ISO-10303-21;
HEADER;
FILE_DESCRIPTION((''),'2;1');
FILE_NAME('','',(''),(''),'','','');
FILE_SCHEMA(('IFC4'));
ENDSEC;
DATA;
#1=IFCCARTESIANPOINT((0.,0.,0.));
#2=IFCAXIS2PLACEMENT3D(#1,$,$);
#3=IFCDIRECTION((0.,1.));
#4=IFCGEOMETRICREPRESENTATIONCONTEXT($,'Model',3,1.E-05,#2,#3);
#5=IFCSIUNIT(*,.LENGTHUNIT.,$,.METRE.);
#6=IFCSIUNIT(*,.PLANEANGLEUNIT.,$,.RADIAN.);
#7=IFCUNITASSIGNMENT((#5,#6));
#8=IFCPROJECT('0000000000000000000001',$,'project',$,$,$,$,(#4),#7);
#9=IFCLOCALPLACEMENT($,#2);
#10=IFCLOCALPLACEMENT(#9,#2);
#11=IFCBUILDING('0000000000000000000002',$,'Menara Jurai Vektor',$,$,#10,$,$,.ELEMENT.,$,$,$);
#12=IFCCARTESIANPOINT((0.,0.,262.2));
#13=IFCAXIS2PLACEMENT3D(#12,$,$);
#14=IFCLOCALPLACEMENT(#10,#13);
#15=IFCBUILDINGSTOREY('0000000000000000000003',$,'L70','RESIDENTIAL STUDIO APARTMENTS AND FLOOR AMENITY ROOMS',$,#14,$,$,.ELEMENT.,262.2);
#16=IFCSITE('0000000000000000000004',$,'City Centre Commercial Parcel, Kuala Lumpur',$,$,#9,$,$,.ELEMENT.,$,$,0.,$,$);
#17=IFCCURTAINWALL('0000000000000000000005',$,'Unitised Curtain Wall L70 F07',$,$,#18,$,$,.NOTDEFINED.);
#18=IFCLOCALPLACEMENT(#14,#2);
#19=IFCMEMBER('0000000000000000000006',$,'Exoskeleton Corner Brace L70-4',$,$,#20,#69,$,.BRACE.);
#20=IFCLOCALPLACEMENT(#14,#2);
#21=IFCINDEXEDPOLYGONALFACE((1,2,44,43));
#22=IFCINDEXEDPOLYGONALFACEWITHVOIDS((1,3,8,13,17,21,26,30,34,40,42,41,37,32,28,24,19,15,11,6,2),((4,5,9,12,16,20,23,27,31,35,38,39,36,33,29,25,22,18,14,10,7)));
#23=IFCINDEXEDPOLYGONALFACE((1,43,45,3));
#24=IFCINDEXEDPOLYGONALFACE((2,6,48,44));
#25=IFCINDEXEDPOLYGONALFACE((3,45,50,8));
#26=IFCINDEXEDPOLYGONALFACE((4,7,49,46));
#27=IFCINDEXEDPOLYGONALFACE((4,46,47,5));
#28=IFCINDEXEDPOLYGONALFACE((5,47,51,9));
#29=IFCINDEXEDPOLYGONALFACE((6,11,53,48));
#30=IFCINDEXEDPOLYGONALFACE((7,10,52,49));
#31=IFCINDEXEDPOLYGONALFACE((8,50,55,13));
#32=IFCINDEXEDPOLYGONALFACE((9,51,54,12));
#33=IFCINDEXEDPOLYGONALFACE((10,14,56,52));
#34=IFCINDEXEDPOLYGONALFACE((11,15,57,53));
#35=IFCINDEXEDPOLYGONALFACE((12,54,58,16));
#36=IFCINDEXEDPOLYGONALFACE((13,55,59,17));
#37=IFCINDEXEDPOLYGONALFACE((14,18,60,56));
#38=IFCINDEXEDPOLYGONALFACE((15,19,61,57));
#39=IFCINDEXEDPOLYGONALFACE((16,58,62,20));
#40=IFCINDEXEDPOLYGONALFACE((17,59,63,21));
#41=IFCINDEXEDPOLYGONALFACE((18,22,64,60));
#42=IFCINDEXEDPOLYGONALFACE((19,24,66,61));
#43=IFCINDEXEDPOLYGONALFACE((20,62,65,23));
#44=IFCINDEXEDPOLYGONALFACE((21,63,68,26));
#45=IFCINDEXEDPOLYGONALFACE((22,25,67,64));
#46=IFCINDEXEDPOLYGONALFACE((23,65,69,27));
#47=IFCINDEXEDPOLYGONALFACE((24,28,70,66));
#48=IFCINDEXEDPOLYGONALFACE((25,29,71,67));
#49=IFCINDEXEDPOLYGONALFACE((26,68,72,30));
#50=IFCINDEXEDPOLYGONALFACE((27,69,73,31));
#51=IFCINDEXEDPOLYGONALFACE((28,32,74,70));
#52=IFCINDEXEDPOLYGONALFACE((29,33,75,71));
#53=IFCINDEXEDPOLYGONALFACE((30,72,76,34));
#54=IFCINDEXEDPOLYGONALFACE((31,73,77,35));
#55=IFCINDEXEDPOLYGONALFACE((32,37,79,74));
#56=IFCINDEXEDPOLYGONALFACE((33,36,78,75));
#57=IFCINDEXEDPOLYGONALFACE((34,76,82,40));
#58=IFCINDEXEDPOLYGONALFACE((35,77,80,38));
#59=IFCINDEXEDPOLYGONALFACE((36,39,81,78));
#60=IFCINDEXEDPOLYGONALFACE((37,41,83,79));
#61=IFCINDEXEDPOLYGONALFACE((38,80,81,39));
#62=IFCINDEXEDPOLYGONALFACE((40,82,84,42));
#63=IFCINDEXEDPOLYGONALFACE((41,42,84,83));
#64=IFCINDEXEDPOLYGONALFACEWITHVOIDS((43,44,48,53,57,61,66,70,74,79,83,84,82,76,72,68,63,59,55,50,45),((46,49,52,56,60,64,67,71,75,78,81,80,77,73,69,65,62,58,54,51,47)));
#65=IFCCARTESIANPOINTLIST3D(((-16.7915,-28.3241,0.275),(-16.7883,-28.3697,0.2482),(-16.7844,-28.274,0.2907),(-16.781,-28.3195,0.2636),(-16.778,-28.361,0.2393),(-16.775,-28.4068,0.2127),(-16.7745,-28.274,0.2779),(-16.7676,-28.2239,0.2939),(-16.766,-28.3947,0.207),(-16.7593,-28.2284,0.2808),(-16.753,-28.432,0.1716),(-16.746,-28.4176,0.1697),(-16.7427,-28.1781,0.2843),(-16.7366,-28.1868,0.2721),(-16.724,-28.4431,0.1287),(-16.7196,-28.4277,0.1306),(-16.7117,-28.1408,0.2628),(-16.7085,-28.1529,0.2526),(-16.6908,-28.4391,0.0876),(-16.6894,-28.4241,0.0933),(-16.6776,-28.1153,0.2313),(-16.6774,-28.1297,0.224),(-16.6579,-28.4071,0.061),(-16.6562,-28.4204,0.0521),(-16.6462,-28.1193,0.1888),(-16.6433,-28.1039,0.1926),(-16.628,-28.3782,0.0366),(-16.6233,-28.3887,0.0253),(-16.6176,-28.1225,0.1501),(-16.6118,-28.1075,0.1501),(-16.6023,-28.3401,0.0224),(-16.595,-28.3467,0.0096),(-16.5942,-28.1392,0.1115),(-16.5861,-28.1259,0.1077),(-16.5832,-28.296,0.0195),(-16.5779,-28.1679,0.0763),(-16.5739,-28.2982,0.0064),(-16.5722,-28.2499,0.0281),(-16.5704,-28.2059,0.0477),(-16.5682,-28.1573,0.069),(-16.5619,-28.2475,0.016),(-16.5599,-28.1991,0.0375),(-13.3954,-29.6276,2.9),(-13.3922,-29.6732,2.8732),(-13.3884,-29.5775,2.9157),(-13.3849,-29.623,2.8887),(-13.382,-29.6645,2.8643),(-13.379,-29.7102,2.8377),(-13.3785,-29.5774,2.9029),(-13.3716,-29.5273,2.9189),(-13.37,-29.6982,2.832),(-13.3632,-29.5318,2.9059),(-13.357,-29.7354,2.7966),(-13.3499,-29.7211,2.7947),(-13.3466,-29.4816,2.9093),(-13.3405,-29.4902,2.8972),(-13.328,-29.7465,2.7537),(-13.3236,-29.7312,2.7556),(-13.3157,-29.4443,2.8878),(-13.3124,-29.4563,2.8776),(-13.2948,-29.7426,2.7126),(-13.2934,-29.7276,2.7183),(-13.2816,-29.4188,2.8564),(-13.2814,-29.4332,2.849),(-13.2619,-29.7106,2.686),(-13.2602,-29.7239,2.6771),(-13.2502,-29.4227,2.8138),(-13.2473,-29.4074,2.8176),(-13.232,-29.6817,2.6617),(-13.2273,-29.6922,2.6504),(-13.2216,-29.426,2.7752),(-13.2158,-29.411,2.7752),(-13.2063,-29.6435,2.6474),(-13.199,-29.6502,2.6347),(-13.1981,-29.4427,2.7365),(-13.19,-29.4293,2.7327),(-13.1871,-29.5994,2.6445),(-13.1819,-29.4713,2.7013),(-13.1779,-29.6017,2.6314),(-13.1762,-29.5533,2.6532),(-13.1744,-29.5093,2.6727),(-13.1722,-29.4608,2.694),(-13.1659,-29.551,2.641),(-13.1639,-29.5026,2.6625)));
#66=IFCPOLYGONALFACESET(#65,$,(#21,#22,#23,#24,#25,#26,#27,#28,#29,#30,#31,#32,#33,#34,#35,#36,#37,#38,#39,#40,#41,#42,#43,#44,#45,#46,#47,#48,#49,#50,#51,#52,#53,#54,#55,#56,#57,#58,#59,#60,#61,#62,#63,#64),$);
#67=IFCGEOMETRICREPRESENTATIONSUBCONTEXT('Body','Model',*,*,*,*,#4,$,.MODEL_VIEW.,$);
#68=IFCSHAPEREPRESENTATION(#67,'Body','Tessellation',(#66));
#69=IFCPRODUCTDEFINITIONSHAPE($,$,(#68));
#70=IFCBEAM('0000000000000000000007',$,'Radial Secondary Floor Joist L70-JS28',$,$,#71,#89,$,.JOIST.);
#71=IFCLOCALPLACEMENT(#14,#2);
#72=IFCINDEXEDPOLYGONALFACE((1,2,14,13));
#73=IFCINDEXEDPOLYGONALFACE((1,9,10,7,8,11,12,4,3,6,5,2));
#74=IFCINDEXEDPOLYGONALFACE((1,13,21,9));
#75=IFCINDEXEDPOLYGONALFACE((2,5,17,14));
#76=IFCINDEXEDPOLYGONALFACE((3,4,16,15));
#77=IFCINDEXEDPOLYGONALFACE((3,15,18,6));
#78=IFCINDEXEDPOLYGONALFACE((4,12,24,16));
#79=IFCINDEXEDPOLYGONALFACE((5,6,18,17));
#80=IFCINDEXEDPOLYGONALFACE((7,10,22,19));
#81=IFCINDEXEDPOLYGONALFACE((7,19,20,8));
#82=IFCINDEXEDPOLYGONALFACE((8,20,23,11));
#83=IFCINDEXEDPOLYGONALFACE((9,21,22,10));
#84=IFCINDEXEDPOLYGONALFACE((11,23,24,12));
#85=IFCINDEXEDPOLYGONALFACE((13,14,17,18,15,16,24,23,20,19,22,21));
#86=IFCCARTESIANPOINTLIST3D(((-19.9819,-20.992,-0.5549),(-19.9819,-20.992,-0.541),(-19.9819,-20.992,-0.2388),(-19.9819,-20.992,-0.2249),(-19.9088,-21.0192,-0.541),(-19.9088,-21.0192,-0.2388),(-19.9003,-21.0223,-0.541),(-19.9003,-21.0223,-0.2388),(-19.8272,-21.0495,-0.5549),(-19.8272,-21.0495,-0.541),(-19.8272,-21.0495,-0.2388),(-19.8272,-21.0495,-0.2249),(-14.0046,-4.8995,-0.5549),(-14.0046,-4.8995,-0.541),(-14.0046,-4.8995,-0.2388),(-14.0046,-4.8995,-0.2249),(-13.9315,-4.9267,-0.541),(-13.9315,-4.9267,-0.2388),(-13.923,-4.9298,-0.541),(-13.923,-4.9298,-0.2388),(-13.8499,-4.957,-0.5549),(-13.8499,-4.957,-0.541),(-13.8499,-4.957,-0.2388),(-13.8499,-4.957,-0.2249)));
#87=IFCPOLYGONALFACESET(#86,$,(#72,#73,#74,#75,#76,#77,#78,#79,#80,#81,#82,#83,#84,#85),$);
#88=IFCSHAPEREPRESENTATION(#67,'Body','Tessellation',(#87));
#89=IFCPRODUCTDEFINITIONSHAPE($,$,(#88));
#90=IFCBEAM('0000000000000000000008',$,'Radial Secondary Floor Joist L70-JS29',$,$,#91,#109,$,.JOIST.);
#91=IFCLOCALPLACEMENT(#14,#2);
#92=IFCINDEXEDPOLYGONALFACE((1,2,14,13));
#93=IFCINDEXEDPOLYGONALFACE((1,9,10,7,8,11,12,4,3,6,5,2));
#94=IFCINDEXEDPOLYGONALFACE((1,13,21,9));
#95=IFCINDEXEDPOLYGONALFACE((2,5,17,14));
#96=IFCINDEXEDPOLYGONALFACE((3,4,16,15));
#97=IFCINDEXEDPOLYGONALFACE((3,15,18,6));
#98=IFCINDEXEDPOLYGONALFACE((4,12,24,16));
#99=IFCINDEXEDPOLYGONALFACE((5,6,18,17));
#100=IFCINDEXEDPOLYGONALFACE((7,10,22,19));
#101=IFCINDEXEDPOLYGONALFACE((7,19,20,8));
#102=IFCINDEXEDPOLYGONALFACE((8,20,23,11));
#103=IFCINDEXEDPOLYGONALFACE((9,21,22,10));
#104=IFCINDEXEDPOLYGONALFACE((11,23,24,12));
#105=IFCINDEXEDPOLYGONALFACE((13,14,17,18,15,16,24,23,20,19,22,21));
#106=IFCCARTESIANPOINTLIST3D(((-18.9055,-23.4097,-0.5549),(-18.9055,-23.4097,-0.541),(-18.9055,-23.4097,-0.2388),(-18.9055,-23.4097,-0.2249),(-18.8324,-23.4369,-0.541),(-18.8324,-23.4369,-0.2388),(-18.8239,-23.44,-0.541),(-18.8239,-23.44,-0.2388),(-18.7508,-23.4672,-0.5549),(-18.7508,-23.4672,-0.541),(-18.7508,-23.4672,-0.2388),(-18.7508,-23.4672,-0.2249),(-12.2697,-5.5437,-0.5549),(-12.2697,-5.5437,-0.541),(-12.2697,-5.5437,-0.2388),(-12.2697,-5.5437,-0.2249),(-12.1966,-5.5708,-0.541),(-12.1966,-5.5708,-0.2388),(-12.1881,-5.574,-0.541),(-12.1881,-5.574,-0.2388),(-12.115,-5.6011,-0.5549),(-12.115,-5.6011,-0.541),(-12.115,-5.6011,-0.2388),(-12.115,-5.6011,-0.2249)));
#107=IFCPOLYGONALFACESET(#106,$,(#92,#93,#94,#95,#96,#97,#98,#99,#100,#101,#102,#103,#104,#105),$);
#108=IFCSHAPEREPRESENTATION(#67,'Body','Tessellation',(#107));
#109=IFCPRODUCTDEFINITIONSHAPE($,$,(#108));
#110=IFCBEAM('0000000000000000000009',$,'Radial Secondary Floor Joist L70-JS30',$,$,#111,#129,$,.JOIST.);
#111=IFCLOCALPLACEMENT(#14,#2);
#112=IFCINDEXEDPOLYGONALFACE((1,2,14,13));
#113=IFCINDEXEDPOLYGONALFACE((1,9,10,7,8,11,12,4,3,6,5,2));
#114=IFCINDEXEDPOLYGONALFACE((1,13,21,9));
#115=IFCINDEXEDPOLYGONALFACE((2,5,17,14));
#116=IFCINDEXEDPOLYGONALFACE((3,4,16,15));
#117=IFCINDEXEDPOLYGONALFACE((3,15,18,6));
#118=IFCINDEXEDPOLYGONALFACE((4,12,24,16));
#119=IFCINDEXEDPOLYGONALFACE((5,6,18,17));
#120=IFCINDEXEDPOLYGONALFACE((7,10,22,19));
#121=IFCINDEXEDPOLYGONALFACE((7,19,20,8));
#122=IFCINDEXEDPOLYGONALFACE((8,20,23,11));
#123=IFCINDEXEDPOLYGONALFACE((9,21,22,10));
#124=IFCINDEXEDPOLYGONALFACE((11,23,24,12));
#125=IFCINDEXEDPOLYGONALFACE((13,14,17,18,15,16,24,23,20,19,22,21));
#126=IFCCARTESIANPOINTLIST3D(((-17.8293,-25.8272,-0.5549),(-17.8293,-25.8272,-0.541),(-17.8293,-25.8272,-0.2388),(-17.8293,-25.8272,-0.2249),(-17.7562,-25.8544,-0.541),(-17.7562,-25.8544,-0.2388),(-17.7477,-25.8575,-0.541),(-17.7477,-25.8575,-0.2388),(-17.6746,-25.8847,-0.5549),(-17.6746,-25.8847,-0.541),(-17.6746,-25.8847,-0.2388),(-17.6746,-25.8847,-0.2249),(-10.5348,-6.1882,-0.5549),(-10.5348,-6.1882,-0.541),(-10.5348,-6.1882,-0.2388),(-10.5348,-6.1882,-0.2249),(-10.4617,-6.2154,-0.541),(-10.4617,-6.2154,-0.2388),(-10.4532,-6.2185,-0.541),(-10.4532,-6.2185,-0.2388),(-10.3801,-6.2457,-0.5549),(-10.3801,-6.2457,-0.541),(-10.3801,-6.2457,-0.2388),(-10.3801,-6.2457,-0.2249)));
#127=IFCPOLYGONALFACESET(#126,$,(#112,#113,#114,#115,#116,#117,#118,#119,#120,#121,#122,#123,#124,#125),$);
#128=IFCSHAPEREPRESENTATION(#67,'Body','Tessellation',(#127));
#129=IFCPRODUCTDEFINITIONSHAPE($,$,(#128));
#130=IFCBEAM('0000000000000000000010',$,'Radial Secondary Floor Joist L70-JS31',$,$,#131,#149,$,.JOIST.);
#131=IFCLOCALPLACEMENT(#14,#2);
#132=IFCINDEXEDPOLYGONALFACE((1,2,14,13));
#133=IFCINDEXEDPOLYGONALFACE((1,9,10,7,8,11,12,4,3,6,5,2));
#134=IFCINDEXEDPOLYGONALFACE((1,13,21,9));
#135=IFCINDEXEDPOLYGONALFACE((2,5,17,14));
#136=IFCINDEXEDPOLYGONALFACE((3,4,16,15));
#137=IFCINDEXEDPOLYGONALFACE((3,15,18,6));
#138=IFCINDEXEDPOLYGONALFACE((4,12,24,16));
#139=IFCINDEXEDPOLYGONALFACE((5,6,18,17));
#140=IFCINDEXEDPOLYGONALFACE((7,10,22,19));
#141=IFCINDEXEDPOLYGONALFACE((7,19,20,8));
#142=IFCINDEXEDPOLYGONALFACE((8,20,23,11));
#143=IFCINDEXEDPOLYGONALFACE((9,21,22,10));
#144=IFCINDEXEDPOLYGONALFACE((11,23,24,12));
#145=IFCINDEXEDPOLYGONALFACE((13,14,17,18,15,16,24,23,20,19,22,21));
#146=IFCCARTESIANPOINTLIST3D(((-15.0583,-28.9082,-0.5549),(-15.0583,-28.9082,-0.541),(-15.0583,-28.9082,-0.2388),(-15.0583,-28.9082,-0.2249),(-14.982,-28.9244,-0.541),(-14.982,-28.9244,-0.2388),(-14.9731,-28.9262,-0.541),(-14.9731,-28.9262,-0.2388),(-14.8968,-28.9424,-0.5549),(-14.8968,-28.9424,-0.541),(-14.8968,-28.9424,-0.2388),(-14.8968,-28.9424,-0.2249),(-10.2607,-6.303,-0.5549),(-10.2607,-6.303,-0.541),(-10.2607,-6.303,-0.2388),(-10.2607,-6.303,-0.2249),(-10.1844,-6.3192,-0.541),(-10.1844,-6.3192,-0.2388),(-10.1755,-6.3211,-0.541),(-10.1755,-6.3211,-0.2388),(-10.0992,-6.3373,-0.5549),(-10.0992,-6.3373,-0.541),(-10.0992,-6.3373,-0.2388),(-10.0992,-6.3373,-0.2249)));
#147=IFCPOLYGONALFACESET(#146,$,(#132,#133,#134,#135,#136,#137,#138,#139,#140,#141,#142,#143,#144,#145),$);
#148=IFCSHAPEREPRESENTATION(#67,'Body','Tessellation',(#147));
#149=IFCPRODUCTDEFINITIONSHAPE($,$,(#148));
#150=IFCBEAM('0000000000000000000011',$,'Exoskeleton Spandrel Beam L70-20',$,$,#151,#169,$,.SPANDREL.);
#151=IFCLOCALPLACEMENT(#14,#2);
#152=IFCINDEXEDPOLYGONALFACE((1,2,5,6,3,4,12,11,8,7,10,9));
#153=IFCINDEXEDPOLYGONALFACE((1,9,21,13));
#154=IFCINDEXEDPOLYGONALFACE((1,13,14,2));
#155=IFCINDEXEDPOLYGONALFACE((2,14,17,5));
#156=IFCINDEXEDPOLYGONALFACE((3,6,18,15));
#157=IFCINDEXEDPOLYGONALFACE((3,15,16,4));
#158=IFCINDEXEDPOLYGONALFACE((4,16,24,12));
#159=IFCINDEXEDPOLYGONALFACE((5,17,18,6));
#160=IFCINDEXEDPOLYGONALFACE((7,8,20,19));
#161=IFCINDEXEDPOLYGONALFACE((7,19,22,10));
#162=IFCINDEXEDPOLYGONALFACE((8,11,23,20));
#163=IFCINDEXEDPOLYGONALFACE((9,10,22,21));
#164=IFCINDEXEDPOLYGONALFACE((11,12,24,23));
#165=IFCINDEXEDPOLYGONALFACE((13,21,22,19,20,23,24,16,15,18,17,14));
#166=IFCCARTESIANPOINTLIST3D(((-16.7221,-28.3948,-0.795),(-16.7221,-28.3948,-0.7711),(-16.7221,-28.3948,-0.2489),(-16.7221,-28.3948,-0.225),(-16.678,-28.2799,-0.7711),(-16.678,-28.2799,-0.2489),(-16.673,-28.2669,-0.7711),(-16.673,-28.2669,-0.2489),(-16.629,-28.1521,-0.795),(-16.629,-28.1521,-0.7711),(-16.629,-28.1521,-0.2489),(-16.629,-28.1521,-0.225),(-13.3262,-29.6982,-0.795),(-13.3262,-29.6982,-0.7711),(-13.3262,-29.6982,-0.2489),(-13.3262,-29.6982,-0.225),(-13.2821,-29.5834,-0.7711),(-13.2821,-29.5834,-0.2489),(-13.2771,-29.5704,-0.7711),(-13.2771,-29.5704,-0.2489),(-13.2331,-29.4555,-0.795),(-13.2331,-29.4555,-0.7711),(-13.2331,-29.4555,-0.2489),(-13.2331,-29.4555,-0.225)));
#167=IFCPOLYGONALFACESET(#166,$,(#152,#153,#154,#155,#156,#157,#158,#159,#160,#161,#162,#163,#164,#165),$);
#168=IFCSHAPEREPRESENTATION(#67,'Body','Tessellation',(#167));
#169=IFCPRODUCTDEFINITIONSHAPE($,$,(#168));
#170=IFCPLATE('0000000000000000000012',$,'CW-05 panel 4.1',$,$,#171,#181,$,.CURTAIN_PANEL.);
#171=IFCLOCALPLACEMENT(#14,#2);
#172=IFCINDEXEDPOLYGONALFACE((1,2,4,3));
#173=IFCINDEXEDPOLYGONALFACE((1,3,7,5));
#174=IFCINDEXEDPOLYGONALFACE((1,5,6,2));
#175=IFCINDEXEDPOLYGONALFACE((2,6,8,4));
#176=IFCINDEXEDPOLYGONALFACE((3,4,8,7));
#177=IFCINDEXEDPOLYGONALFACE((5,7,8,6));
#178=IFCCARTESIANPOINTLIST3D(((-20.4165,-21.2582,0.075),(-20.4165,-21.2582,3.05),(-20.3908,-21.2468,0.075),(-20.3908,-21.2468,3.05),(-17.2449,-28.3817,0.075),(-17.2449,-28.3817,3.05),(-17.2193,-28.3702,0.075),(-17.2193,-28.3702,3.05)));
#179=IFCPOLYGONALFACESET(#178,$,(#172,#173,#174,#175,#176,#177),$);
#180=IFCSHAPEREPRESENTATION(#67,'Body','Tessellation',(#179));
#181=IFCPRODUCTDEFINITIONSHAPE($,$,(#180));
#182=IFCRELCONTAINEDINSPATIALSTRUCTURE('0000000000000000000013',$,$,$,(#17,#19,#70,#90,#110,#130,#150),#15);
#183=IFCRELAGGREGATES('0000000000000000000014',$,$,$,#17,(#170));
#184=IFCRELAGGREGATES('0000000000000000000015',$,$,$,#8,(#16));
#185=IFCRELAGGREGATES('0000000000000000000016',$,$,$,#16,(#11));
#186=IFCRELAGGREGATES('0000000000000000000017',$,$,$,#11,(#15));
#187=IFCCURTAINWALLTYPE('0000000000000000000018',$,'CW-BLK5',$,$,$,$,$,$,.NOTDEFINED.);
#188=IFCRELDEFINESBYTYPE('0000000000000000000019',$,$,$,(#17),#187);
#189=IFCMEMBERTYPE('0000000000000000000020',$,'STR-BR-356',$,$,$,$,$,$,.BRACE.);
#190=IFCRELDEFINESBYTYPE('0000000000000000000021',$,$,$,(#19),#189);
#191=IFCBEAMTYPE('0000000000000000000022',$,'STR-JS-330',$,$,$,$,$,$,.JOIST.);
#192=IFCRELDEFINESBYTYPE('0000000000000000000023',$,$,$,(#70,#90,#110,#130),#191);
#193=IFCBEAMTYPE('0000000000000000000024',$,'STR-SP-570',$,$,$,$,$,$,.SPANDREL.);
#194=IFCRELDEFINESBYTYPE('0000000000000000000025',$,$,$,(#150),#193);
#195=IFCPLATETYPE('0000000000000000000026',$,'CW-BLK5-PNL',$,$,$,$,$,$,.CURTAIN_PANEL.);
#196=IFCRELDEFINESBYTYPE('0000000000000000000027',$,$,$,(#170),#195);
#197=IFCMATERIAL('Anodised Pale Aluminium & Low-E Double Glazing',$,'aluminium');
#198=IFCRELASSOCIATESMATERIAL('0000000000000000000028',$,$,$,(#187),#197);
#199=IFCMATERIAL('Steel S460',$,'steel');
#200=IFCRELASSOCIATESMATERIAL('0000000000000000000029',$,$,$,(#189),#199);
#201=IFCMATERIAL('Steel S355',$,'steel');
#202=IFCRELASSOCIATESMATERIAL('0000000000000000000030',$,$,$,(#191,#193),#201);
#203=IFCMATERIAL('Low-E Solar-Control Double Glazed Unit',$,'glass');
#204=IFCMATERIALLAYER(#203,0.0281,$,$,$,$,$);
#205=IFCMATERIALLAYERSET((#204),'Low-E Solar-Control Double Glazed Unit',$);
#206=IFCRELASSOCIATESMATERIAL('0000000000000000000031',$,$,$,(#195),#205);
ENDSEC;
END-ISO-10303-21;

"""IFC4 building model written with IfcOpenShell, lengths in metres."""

from ifc_helpers import new_model, si_unit, direction, frame, origin, origin_2d, place, context, subcontext, project, spatial, rectangle, hollow_circle, i_section, extrude, material, layer, layer_set, material_profile, profile_set, type_object, element, aggregate, save


model = new_model("IFC4")

# Units and contexts
model_context = context("Model", 3, precision=1e-05, world=origin(), true_north=direction((0.0, 1.0)))
body_context = subcontext(model_context, "Body", "Model", "MODEL_VIEW")
ifc_project = project(units=[si_unit("LENGTHUNIT", "METRE"), si_unit("PLANEANGLEUNIT", "RADIAN")], contexts=[model_context])

# Site, building, storey
site_placement = place(None, origin())
site = spatial("IfcSite", under=ifc_project, at=site_placement, Name="City Centre Commercial Parcel, Kuala Lumpur", CompositionType="ELEMENT", RefElevation=0.0)
building_placement = place(site_placement, origin())
building = spatial("IfcBuilding", under=site, at=building_placement, Name="Menara Jurai Vektor", CompositionType="ELEMENT")
storey_placement = place(building_placement, frame((0.0, 0.0, 262.2)))
storey = spatial("IfcBuildingStorey", under=building, at=storey_placement, Name="L70", Description="RESIDENTIAL STUDIO APARTMENTS AND FLOOR AMENITY ROOMS", CompositionType="ELEMENT", Elevation=262.2)

# Shared definitions
ifc_material_1 = material(Name="Steel S460", Category="steel")

# Curtain wall
ifc_material_2 = material(Name="Anodised Pale Aluminium & Low-E Double Glazing", Category="aluminium")
curtain_wall_type = type_object("IfcCurtainWallType", Name="CW-BLK5", PredefinedType="NOTDEFINED", material=ifc_material_2)
curtain_wall_1_placement = place(storey_placement, origin())
curtain_wall_1 = element("IfcCurtainWall", 1, at=curtain_wall_1_placement, inside=storey, type_object=curtain_wall_type, Name="Unitised Curtain Wall L70 F07", PredefinedType="NOTDEFINED")

# Shared definitions
ifc_material_3 = material(Name="Steel S355", Category="steel")

# Member
ifc_material_profile_1 = material_profile(ifc_material_1, hollow_circle(Radius=0.1777, WallThickness=0.0161, at=origin_2d()), Name="CHS 355.6x16")
ifc_profile_set_1 = profile_set([ifc_material_profile_1], Name="Steel S460")
member_type_1 = type_object("IfcMemberType", Name="STR-BR-356", PredefinedType="BRACE", material=ifc_profile_set_1)
member_1_placement = place(storey_placement, frame((-16.6755, -28.2734, 0.1501), z_axis=(0.757054, -0.290576, 0.585179), x_axis=(0.358336, 0.933593, 0.0)))
element("IfcMember", 2, at=member_1_placement, inside=storey, type_object=member_type_1, Name="Exoskeleton Corner Brace L70-4", PredefinedType="BRACE", context=body_context, shape_type="SweptSolid", body=[
    extrude(hollow_circle(Radius=0.1777, WallThickness=0.0161, at=origin_2d()), origin(), (0.0, 0.0, 1.0), 4.4858),
])

# Beams
ifc_material_profile_2 = material_profile(ifc_material_3, i_section(OverallWidth=0.165, OverallDepth=0.3301, WebThickness=0.009, FlangeThickness=0.0139, at=origin_2d()), Name="PG 330x165x46")
ifc_profile_set_2 = profile_set([ifc_material_profile_2], Name="Steel S355")
beam_type_1 = type_object("IfcBeamType", Name="STR-JS-330", PredefinedType="JOIST", material=ifc_profile_set_2)
beam_1_placement = place(storey_placement, frame((-19.9045, -21.0208, -0.3899), z_axis=(0.34819, 0.937424, 0.0), x_axis=(-0.937424, 0.34819, 0.0)))
element("IfcBeam", 3, at=beam_1_placement, inside=storey, type_object=beam_type_1, Name="Radial Secondary Floor Joist L70-JS28", PredefinedType="JOIST", context=body_context, shape_type="SweptSolid", body=[
    extrude(i_section(OverallWidth=0.165, OverallDepth=0.3301, WebThickness=0.009, FlangeThickness=0.0139, at=origin_2d()), origin(), (0.0, 0.0, 1.0), 17.1667),
])
beam_2_placement = place(storey_placement, frame((-18.8281, -23.4385, -0.3899), z_axis=(0.348178, 0.937428, 0.0), x_axis=(-0.937428, 0.348178, 0.0)))
element("IfcBeam", 4, at=beam_2_placement, inside=storey, type_object=beam_type_1, Name="Radial Secondary Floor Joist L70-JS29", PredefinedType="JOIST", context=body_context, shape_type="SweptSolid", body=[
    extrude(i_section(OverallWidth=0.165, OverallDepth=0.3301, WebThickness=0.009, FlangeThickness=0.0139, at=origin_2d()), origin(), (0.0, 0.0, 1.0), 19.0586),
])
beam_3_placement = place(storey_placement, frame((-17.752, -25.856, -0.3899), z_axis=(0.348186, 0.937426, 0.0), x_axis=(-0.937426, 0.348186, 0.0)))
element("IfcBeam", 5, at=beam_3_placement, inside=storey, type_object=beam_type_1, Name="Radial Secondary Floor Joist L70-JS30", PredefinedType="JOIST", context=body_context, shape_type="SweptSolid", body=[
    extrude(i_section(OverallWidth=0.165, OverallDepth=0.3301, WebThickness=0.009, FlangeThickness=0.0139, at=origin_2d()), origin(), (0.0, 0.0, 1.0), 20.95),
])
beam_4_placement = place(storey_placement, frame((-14.9775, -28.9253, -0.3899), z_axis=(0.20761, 0.978212, 0.0), x_axis=(-0.978212, 0.20761, 0.0)))
element("IfcBeam", 6, at=beam_4_placement, inside=storey, type_object=beam_type_1, Name="Radial Secondary Floor Joist L70-JS31", PredefinedType="JOIST", context=body_context, shape_type="SweptSolid", body=[
    extrude(i_section(OverallWidth=0.165, OverallDepth=0.3301, WebThickness=0.009, FlangeThickness=0.0139, at=origin_2d()), origin(), (0.0, 0.0, 1.0), 23.1086),
])
ifc_material_profile_3 = material_profile(ifc_material_3, i_section(OverallWidth=0.26, OverallDepth=0.5701, WebThickness=0.0139, FlangeThickness=0.0239, at=origin_2d()), Name="PG 570x260x145")
ifc_profile_set_3 = profile_set([ifc_material_profile_3], Name="Steel S355")
beam_type_2 = type_object("IfcBeamType", Name="STR-SP-570", PredefinedType="SPANDREL", material=ifc_profile_set_3)
beam_5_placement = place(storey_placement, frame((-16.6755, -28.2734, -0.51), z_axis=(0.933593, -0.358336, 0.0), x_axis=(0.358336, 0.933593, 0.0)))
element("IfcBeam", 7, at=beam_5_placement, inside=storey, type_object=beam_type_2, Name="Exoskeleton Spandrel Beam L70-20", PredefinedType="SPANDREL", context=body_context, shape_type="SweptSolid", body=[
    extrude(i_section(OverallWidth=0.26, OverallDepth=0.5701, WebThickness=0.0139, FlangeThickness=0.0239, at=origin_2d()), origin(), (0.0, 0.0, 1.0), 3.6375),
])

# Plate
ifc_material_4 = material(Name="Low-E Solar-Control Double Glazed Unit", Category="glass")
ifc_layer_1 = layer(ifc_material_4, 0.0281)
ifc_layer_set_1 = layer_set([ifc_layer_1], Name="Low-E Solar-Control Double Glazed Unit")
plate_type_1 = type_object("IfcPlateType", Name="CW-BLK5-PNL", PredefinedType="CURTAIN_PANEL", material=ifc_layer_set_1)
plate_1_placement = place(storey_placement, frame((-18.8179, -24.8142, 0.075), z_axis=(0.0, 0.0, 1.0), x_axis=(0.406735, -0.913546, 0.0)))
plate_1 = element("IfcPlate", 8, at=plate_1_placement, type_object=plate_type_1, Name="CW-05 panel 4.1", PredefinedType="CURTAIN_PANEL", context=body_context, shape_type="SweptSolid", body=[
    extrude(rectangle(XDim=7.7976, YDim=0.0281, at=origin_2d()), origin(), (0.0, 0.0, 1.0), 2.9751),
])
aggregate(curtain_wall_1, [plate_1])

save(model, "model.ifc")
